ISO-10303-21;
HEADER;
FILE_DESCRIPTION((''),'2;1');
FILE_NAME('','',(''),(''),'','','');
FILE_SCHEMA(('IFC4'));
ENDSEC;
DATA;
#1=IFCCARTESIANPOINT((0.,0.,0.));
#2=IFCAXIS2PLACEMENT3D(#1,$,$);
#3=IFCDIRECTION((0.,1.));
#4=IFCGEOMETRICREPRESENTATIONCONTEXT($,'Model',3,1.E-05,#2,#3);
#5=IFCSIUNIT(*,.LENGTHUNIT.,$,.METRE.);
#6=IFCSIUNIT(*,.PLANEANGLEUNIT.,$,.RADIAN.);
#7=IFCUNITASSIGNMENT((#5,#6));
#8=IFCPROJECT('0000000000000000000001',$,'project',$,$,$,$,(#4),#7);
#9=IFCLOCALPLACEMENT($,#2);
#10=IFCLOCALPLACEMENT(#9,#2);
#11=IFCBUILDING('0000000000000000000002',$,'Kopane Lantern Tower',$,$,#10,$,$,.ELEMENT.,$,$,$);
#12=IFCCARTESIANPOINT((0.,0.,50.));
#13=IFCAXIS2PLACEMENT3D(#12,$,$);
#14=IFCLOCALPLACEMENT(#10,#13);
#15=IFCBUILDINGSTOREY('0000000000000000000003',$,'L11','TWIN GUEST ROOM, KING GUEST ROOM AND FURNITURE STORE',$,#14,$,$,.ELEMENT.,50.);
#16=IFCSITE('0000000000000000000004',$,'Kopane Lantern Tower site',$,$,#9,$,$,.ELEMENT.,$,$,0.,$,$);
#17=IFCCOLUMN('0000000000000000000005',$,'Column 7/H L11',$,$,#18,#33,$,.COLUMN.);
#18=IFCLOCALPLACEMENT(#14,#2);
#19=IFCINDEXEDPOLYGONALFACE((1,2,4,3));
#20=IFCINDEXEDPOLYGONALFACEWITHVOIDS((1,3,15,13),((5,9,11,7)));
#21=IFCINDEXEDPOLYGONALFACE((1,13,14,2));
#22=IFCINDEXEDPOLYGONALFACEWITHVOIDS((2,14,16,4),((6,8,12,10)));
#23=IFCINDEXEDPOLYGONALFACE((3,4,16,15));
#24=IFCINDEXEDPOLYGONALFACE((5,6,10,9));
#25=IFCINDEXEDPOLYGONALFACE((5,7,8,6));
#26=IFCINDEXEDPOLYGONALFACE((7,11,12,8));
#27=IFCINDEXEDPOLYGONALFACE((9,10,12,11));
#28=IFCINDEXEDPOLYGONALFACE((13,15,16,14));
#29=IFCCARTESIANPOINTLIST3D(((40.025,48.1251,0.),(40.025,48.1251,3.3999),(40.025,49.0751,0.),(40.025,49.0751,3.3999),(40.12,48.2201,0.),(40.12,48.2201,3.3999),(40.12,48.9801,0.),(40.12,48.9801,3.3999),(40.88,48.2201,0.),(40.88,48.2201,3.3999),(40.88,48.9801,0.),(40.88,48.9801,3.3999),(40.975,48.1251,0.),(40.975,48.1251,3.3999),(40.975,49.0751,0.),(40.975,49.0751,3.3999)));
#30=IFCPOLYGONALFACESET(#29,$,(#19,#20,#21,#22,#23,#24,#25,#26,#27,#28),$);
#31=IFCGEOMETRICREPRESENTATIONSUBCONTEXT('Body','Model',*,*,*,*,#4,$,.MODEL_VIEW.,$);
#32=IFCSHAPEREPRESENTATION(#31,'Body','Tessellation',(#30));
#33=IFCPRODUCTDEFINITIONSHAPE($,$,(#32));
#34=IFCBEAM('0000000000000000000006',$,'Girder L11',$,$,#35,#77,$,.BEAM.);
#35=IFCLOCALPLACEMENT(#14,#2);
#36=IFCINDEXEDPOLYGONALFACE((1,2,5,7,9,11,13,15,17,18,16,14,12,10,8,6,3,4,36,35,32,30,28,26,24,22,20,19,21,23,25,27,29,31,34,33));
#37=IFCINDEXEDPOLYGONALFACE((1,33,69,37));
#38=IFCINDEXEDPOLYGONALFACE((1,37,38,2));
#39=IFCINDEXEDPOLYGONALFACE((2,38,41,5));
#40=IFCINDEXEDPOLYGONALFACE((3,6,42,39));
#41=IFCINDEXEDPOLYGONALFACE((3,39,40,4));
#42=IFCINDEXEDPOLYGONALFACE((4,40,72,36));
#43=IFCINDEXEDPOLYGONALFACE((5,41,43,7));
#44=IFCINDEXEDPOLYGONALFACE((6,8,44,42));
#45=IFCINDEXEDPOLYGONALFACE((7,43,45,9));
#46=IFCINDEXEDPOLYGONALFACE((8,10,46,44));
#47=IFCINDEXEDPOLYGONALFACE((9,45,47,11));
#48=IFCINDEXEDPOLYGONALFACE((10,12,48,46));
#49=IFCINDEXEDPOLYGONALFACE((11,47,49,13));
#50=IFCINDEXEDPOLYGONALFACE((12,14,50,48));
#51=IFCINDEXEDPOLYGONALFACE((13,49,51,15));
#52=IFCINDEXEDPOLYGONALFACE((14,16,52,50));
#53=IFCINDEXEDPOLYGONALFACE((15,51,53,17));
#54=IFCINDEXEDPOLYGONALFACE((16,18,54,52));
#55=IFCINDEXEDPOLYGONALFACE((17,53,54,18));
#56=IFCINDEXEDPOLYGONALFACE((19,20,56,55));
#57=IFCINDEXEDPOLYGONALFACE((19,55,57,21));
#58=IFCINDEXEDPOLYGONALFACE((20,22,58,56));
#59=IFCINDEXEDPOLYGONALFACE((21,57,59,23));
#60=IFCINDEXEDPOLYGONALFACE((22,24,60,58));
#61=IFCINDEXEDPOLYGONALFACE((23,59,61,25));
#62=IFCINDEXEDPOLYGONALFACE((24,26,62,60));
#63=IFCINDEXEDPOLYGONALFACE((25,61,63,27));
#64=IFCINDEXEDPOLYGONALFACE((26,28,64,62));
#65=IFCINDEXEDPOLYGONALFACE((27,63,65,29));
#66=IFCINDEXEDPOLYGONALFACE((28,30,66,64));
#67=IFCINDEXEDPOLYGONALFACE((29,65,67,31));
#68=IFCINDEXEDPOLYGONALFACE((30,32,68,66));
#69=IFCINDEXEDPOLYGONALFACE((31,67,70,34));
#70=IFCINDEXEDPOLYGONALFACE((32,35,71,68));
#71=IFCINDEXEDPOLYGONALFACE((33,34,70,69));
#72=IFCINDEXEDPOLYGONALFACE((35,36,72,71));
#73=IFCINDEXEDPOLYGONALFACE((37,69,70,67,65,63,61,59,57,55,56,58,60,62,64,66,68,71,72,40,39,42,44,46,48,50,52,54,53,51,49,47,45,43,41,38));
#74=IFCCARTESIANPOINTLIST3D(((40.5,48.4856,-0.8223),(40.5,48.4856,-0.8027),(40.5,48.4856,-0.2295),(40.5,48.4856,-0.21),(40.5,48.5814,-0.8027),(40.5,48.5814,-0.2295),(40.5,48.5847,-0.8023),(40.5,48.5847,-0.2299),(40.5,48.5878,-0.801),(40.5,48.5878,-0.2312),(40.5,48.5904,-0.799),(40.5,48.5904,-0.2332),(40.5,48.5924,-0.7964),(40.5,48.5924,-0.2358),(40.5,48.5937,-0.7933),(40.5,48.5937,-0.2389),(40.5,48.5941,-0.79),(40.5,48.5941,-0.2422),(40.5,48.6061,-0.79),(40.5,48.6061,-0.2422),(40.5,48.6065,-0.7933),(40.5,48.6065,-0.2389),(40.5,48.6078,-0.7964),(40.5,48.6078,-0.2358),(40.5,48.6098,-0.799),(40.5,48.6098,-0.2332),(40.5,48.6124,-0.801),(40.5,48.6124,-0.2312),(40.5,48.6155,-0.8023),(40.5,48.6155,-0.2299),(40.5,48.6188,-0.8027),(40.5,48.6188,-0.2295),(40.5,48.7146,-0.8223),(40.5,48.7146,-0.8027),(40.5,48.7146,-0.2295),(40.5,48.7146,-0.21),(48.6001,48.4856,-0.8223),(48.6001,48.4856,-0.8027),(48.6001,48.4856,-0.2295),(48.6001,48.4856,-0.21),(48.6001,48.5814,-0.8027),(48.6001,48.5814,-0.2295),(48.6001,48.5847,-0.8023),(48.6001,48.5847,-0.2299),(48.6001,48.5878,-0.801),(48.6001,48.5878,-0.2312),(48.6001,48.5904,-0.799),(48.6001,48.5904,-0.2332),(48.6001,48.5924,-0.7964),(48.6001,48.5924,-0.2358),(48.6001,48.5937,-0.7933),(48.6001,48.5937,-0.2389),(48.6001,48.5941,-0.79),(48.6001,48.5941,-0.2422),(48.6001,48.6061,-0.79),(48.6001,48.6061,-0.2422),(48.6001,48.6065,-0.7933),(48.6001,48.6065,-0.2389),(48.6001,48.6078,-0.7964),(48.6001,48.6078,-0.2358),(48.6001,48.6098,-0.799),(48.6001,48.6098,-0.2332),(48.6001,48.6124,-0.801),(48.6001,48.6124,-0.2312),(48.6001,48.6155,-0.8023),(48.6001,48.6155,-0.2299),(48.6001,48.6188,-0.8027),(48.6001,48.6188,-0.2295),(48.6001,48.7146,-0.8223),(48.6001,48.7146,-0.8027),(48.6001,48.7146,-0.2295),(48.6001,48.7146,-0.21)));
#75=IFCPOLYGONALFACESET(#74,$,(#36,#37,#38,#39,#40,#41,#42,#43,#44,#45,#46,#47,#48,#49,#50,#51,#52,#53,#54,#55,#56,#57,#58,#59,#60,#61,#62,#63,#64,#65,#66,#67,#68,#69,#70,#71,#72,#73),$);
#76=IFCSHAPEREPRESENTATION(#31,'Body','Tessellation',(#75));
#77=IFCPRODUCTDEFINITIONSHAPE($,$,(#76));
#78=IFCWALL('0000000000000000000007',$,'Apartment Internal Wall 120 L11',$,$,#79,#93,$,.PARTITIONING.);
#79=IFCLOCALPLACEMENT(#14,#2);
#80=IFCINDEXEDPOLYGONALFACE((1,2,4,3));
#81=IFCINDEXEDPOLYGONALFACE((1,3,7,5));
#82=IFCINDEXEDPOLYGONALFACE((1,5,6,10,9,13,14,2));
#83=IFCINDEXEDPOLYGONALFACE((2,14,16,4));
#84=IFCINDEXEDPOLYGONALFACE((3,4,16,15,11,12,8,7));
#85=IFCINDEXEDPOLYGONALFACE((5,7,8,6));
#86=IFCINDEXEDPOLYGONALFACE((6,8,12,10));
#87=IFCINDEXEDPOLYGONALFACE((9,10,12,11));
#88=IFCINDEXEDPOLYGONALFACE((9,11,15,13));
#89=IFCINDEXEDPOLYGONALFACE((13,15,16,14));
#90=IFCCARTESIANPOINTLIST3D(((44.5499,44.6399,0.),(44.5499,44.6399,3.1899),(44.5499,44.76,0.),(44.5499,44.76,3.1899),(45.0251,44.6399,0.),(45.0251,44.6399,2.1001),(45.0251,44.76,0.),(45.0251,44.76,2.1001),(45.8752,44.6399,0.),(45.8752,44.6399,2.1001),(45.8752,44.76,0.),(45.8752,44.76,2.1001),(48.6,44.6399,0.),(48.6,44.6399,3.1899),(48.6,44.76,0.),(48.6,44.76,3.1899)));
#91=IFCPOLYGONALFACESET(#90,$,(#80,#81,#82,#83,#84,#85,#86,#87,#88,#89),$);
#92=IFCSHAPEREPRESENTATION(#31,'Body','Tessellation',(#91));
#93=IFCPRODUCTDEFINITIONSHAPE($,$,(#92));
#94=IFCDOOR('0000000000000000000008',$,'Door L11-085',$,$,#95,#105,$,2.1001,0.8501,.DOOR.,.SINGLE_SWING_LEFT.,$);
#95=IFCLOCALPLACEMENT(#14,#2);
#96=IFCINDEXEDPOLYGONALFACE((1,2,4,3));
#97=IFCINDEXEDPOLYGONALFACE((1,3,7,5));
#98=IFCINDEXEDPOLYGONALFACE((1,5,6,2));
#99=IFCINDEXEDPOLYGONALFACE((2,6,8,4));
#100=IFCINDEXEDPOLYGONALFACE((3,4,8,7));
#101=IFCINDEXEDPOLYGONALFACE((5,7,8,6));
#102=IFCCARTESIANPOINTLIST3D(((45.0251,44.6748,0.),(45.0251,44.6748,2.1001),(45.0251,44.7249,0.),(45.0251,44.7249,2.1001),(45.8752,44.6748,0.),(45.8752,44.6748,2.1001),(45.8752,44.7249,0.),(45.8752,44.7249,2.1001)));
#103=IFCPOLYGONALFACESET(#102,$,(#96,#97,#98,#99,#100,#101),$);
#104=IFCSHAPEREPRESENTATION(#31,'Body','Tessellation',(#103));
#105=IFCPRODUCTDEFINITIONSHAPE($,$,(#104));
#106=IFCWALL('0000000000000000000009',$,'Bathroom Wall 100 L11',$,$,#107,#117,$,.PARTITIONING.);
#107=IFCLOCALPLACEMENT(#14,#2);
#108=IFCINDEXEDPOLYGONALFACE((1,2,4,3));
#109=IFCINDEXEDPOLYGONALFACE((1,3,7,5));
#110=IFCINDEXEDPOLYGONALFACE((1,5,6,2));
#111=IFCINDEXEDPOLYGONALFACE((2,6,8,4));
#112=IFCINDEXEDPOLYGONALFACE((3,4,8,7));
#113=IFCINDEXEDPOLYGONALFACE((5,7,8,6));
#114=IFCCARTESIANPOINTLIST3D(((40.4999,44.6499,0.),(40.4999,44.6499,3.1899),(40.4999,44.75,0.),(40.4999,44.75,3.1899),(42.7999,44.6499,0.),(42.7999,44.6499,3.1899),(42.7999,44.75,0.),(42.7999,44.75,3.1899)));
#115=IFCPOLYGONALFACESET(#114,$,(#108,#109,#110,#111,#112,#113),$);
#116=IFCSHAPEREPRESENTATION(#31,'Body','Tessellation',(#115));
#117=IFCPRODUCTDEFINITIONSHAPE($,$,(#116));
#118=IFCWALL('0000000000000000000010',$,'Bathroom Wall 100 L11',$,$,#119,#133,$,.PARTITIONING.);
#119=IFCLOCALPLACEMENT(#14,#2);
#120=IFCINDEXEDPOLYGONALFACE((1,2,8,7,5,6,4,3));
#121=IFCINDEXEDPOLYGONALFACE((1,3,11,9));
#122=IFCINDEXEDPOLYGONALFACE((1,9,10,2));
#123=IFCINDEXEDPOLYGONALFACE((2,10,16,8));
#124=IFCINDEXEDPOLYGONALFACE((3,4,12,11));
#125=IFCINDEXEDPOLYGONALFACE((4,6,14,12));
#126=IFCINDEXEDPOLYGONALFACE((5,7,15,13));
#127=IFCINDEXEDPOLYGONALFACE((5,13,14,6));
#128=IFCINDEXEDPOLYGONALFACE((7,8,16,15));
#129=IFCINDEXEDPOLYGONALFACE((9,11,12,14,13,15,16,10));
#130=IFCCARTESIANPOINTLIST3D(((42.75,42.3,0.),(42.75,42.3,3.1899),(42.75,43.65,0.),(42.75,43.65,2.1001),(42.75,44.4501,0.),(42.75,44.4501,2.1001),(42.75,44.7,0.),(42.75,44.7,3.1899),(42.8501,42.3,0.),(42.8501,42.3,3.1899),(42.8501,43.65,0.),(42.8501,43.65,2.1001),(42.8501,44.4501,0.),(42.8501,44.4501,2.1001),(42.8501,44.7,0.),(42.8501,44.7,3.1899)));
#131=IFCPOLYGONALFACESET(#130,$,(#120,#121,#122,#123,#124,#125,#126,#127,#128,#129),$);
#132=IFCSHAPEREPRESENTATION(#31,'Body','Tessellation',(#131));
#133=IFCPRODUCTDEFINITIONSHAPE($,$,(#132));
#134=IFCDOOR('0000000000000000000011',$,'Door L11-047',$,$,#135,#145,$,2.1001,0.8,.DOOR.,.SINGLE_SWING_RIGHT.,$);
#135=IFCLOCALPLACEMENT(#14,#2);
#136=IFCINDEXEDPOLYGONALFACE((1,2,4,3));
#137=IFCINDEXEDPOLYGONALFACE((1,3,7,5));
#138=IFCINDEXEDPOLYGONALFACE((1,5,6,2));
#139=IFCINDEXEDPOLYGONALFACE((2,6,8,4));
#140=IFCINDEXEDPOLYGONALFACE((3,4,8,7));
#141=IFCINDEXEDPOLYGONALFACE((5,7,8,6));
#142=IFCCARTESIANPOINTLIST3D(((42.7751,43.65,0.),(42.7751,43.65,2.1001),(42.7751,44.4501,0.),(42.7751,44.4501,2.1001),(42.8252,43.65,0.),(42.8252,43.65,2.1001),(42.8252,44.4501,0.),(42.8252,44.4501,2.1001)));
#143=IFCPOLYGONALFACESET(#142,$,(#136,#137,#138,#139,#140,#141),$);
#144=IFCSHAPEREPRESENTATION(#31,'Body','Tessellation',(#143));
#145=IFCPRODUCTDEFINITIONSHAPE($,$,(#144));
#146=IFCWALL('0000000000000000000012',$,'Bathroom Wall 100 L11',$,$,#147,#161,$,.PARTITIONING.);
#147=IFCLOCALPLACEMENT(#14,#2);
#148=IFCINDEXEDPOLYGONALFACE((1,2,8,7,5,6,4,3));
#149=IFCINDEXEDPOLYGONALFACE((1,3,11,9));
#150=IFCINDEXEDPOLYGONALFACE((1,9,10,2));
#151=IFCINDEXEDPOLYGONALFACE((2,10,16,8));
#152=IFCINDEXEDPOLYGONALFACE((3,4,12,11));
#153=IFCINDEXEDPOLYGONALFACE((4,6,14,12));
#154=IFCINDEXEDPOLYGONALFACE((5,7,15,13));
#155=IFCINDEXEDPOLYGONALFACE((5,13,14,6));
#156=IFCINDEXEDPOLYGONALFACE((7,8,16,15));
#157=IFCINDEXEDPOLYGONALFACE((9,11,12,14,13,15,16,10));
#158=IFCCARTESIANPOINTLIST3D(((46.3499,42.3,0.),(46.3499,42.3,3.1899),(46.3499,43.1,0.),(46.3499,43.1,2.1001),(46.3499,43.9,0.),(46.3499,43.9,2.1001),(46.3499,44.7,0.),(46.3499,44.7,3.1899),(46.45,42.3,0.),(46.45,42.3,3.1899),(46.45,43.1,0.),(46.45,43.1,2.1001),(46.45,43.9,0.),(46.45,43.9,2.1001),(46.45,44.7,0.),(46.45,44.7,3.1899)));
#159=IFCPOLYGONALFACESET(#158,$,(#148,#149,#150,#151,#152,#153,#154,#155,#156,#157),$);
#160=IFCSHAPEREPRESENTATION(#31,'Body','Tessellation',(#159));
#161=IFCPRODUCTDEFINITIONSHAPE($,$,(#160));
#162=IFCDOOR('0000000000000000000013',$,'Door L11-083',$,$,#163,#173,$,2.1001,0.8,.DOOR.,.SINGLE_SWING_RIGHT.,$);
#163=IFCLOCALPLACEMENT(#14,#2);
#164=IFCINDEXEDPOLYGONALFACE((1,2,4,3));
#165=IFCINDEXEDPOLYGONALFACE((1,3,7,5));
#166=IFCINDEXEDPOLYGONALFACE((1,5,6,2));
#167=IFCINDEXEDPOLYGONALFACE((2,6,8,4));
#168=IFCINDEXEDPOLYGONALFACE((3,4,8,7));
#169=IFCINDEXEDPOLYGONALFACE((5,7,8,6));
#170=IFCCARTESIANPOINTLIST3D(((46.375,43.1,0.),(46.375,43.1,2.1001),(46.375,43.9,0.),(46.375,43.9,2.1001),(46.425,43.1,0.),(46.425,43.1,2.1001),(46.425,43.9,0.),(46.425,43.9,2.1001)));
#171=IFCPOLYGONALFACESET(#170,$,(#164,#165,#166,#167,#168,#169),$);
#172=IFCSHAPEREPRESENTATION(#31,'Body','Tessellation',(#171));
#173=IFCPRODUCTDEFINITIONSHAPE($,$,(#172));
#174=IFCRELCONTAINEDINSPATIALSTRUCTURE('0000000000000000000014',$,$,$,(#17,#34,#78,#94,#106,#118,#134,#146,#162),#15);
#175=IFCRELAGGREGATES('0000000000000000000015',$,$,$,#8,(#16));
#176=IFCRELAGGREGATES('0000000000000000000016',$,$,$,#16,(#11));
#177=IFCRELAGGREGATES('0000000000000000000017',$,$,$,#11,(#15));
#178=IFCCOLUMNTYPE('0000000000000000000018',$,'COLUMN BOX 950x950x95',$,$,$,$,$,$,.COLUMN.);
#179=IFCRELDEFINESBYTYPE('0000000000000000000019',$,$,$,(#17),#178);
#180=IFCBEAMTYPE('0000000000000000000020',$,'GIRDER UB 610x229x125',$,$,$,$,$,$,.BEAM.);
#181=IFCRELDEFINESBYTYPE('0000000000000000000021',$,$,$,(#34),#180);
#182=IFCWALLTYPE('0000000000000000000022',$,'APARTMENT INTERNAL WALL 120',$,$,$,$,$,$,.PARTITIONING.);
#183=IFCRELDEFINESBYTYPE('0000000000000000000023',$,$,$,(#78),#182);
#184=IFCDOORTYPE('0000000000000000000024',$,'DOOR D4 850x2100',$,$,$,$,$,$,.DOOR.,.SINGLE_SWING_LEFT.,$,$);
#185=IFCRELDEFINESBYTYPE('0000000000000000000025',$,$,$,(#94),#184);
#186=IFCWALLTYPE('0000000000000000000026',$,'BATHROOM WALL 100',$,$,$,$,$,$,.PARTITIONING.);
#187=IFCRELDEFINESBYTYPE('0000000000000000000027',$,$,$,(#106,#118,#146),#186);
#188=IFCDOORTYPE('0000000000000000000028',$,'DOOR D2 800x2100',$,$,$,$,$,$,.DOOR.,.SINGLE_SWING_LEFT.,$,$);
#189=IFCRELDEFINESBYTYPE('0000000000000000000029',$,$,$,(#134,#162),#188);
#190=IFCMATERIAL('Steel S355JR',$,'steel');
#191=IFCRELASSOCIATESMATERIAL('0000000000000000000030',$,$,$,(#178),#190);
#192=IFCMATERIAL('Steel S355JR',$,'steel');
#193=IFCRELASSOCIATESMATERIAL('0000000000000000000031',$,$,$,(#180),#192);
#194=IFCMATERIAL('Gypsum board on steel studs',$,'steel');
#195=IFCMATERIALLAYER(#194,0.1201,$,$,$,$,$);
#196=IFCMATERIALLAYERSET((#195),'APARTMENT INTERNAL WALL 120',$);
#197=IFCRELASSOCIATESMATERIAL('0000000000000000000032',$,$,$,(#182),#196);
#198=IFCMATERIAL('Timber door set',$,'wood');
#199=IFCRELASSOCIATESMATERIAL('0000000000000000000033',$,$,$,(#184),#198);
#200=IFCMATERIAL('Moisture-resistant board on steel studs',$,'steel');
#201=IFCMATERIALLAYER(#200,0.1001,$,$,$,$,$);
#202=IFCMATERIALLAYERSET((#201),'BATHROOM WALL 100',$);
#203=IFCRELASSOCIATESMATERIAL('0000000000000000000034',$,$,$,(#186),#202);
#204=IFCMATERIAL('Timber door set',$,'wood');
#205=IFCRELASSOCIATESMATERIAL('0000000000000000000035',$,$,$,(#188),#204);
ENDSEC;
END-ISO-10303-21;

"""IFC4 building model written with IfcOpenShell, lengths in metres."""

from ifc_helpers import new_model, si_unit, direction, frame, frame_2d, origin, origin_2d, place, context, subcontext, project, spatial, rectangle, hollow_rectangle, i_section, extrude, material, layer, layer_set, material_profile, profile_set, type_object, element, fill, save


model = new_model("IFC4")

# Units and contexts
model_context = context("Model", 3, precision=1e-05, world=origin(), true_north=direction((0.0, 1.0)))
body_context = subcontext(model_context, "Body", "Model", "MODEL_VIEW")
ifc_project = project(units=[si_unit("LENGTHUNIT", "METRE"), si_unit("PLANEANGLEUNIT", "RADIAN")], contexts=[model_context])

# Site, building, storey
site_placement = place(None, origin())
site = spatial("IfcSite", under=ifc_project, at=site_placement, Name="Kopane Lantern Tower site", CompositionType="ELEMENT", RefElevation=0.0)
building_placement = place(site_placement, origin())
building = spatial("IfcBuilding", under=site, at=building_placement, Name="Kopane Lantern Tower", CompositionType="ELEMENT")
storey_placement = place(building_placement, frame((0.0, 0.0, 50.0)))
storey = spatial("IfcBuildingStorey", under=building, at=storey_placement, Name="L11", Description="TWIN GUEST ROOM, KING GUEST ROOM AND FURNITURE STORE", CompositionType="ELEMENT", Elevation=50.0)

# Column
ifc_material_1 = material(Name="Steel S355JR", Category="steel")
ifc_material_profile_1 = material_profile(ifc_material_1, hollow_rectangle(XDim=0.95, YDim=0.95, WallThickness=0.095, at=origin_2d()), Name="BOX 950x950x95")
ifc_profile_set_1 = profile_set([ifc_material_profile_1], Name="Steel S355JR")
column_type = type_object("IfcColumnType", Name="COLUMN BOX 950x950x95", PredefinedType="COLUMN", material=ifc_profile_set_1)
column_placement = place(storey_placement, frame((40.5, 48.6001, 0.0), z_axis=(0.0, 0.0, 1.0), x_axis=(1.0, 0.0, 0.0)))
element("IfcColumn", 1, at=column_placement, inside=storey, type_object=column_type, Name="Column 7/H L11", PredefinedType="COLUMN", context=body_context, shape_type="SweptSolid", body=[
    extrude(hollow_rectangle(XDim=0.95, YDim=0.95, WallThickness=0.095, at=origin_2d()), origin(), (0.0, 0.0, 1.0), 3.3999),
])

# Beam
ifc_material_2 = material(Name="Steel S355JR", Category="steel")
ifc_material_profile_2 = material_profile(ifc_material_2, i_section(OverallWidth=0.229, OverallDepth=0.6123, WebThickness=0.012, FlangeThickness=0.0195, FilletRadius=0.0127, at=origin_2d()), Name="UB 610x229x125")
ifc_profile_set_2 = profile_set([ifc_material_profile_2], Name="Steel S355JR")
beam_type = type_object("IfcBeamType", Name="GIRDER UB 610x229x125", PredefinedType="BEAM", material=ifc_profile_set_2)
beam_placement = place(storey_placement, frame((40.5, 48.6001, -0.5161), z_axis=(1.0, 0.0, 0.0), x_axis=(0.0, 1.0, 0.0)))
element("IfcBeam", 2, at=beam_placement, inside=storey, type_object=beam_type, Name="Girder L11", PredefinedType="BEAM", context=body_context, shape_type="SweptSolid", body=[
    extrude(i_section(OverallWidth=0.229, OverallDepth=0.6123, WebThickness=0.012, FlangeThickness=0.0195, FilletRadius=0.0127, at=origin_2d()), origin(), (0.0, 0.0, 1.0), 8.1001),
])

# Wall, opening, door
ifc_material_3 = material(Name="Gypsum board on steel studs", Category="steel")
ifc_layer_1 = layer(ifc_material_3, 0.1201)
ifc_layer_set_1 = layer_set([ifc_layer_1], Name="APARTMENT INTERNAL WALL 120")
wall_type_1 = type_object("IfcWallType", Name="APARTMENT INTERNAL WALL 120", PredefinedType="PARTITIONING", material=ifc_layer_set_1)
wall_1_placement = place(storey_placement, frame((44.55, 44.7, 0.0), z_axis=(0.0, 0.0, 1.0), x_axis=(1.0, 0.0, 0.0)))
wall_1 = element("IfcWall", 3, at=wall_1_placement, inside=storey, type_object=wall_type_1, Name="Apartment Internal Wall 120 L11", PredefinedType="PARTITIONING", context=body_context, shape_type="SweptSolid", body=[
    extrude(rectangle(XDim=4.05, YDim=0.1201, at=frame_2d((2.0249, 0.0))), origin(), (0.0, 0.0, 1.0), 3.1899),
])
opening_1_placement = place(wall_1_placement, frame((0.4751, 0.0, 0.0)))
opening_1 = element("IfcOpeningElement", 4, at=opening_1_placement, cuts=wall_1, PredefinedType="OPENING", context=body_context, shape_type="SweptSolid", body=[
    extrude(rectangle(XDim=0.8501, YDim=2.1001, at=frame_2d((0.425, 1.05))), frame((0.0, 0.0701, 0.0), z_axis=(0.0, -1.0, 0.0), x_axis=(1.0, 0.0, 0.0)), (0.0, 0.0, 1.0), 0.1401),
])
ifc_material_4 = material(Name="Timber door set", Category="wood")
door_type_1 = type_object("IfcDoorType", Name="DOOR D4 850x2100", OperationType="SINGLE_SWING_LEFT", PredefinedType="DOOR", material=ifc_material_4)
door_1_placement = place(opening_1_placement, origin())
door_1 = element("IfcDoor", 5, at=door_1_placement, inside=storey, type_object=door_type_1, Name="Door L11-085", OperationType="SINGLE_SWING_LEFT", OverallHeight=2.1001, OverallWidth=0.8501, PredefinedType="DOOR", context=body_context, shape_type="SweptSolid", body=[
    extrude(rectangle(XDim=0.8501, YDim=2.1001, at=frame_2d((0.425, 1.05))), frame((0.0, 0.0249, 0.0), z_axis=(0.0, -1.0, 0.0), x_axis=(1.0, 0.0, 0.0)), (0.0, 0.0, 1.0), 0.05),
])
fill(opening_1, door_1)

# Wall
ifc_material_5 = material(Name="Moisture-resistant board on steel studs", Category="steel")
ifc_layer_2 = layer(ifc_material_5, 0.1001)
ifc_layer_set_2 = layer_set([ifc_layer_2], Name="BATHROOM WALL 100")
wall_type_2 = type_object("IfcWallType", Name="BATHROOM WALL 100", PredefinedType="PARTITIONING", material=ifc_layer_set_2)
wall_2_placement = place(storey_placement, frame((40.5, 44.7, 0.0), z_axis=(0.0, 0.0, 1.0), x_axis=(1.0, 0.0, 0.0)))
element("IfcWall", 6, at=wall_2_placement, inside=storey, type_object=wall_type_2, Name="Bathroom Wall 100 L11", PredefinedType="PARTITIONING", context=body_context, shape_type="SweptSolid", body=[
    extrude(rectangle(XDim=2.3, YDim=0.1001, at=frame_2d((1.1499, 0.0))), origin(), (0.0, 0.0, 1.0), 3.1899),
])

# Walls, openings, doors
wall_3_placement = place(storey_placement, frame((42.8, 42.3, 0.0), z_axis=(0.0, 0.0, 1.0), x_axis=(0.0, 1.0, 0.0)))
wall_3 = element("IfcWall", 7, at=wall_3_placement, inside=storey, type_object=wall_type_2, Name="Bathroom Wall 100 L11", PredefinedType="PARTITIONING", context=body_context, shape_type="SweptSolid", body=[
    extrude(rectangle(XDim=2.3999, YDim=0.1001, at=frame_2d((1.2, 0.0))), origin(), (0.0, 0.0, 1.0), 3.1899),
])
opening_2_placement = place(wall_3_placement, frame((1.3501, 0.0, 0.0)))
opening_2 = element("IfcOpeningElement", 8, at=opening_2_placement, cuts=wall_3, PredefinedType="OPENING", context=body_context, shape_type="SweptSolid", body=[
    extrude(rectangle(XDim=0.8, YDim=2.1001, at=frame_2d((0.3999, 1.05))), frame((0.0, 0.0601, 0.0), z_axis=(0.0, -1.0, 0.0), x_axis=(1.0, 0.0, 0.0)), (0.0, 0.0, 1.0), 0.1201),
])
ifc_material_6 = material(Name="Timber door set", Category="wood")
door_type_2 = type_object("IfcDoorType", Name="DOOR D2 800x2100", OperationType="SINGLE_SWING_LEFT", PredefinedType="DOOR", material=ifc_material_6)
door_2_placement = place(opening_2_placement, origin())
door_2 = element("IfcDoor", 9, at=door_2_placement, inside=storey, type_object=door_type_2, Name="Door L11-047", OperationType="SINGLE_SWING_RIGHT", OverallHeight=2.1001, OverallWidth=0.8, PredefinedType="DOOR", context=body_context, shape_type="SweptSolid", body=[
    extrude(rectangle(XDim=0.8, YDim=2.1001, at=frame_2d((0.3999, 1.05))), frame((0.0, 0.0249, 0.0), z_axis=(0.0, -1.0, 0.0), x_axis=(1.0, 0.0, 0.0)), (0.0, 0.0, 1.0), 0.05),
])
fill(opening_2, door_2)
wall_4_placement = place(storey_placement, frame((46.3999, 42.3, 0.0), z_axis=(0.0, 0.0, 1.0), x_axis=(0.0, 1.0, 0.0)))
wall_4 = element("IfcWall", 10, at=wall_4_placement, inside=storey, type_object=wall_type_2, Name="Bathroom Wall 100 L11", PredefinedType="PARTITIONING", context=body_context, shape_type="SweptSolid", body=[
    extrude(rectangle(XDim=2.3999, YDim=0.1001, at=frame_2d((1.2, 0.0))), origin(), (0.0, 0.0, 1.0), 3.1899),
])
opening_3_placement = place(wall_4_placement, frame((0.8, 0.0, 0.0)))
opening_3 = element("IfcOpeningElement", 11, at=opening_3_placement, cuts=wall_4, PredefinedType="OPENING", context=body_context, shape_type="SweptSolid", body=[
    extrude(rectangle(XDim=0.8, YDim=2.1001, at=frame_2d((0.3999, 1.05))), frame((0.0, 0.0601, 0.0), z_axis=(0.0, -1.0, 0.0), x_axis=(1.0, 0.0, 0.0)), (0.0, 0.0, 1.0), 0.1201),
])
door_3_placement = place(opening_3_placement, origin())
door_3 = element("IfcDoor", 12, at=door_3_placement, inside=storey, type_object=door_type_2, Name="Door L11-083", OperationType="SINGLE_SWING_RIGHT", OverallHeight=2.1001, OverallWidth=0.8, PredefinedType="DOOR", context=body_context, shape_type="SweptSolid", body=[
    extrude(rectangle(XDim=0.8, YDim=2.1001, at=frame_2d((0.3999, 1.05))), frame((0.0, 0.0249, 0.0), z_axis=(0.0, -1.0, 0.0), x_axis=(1.0, 0.0, 0.0)), (0.0, 0.0, 1.0), 0.05),
])
fill(opening_3, door_3)

save(model, "model.ifc")
